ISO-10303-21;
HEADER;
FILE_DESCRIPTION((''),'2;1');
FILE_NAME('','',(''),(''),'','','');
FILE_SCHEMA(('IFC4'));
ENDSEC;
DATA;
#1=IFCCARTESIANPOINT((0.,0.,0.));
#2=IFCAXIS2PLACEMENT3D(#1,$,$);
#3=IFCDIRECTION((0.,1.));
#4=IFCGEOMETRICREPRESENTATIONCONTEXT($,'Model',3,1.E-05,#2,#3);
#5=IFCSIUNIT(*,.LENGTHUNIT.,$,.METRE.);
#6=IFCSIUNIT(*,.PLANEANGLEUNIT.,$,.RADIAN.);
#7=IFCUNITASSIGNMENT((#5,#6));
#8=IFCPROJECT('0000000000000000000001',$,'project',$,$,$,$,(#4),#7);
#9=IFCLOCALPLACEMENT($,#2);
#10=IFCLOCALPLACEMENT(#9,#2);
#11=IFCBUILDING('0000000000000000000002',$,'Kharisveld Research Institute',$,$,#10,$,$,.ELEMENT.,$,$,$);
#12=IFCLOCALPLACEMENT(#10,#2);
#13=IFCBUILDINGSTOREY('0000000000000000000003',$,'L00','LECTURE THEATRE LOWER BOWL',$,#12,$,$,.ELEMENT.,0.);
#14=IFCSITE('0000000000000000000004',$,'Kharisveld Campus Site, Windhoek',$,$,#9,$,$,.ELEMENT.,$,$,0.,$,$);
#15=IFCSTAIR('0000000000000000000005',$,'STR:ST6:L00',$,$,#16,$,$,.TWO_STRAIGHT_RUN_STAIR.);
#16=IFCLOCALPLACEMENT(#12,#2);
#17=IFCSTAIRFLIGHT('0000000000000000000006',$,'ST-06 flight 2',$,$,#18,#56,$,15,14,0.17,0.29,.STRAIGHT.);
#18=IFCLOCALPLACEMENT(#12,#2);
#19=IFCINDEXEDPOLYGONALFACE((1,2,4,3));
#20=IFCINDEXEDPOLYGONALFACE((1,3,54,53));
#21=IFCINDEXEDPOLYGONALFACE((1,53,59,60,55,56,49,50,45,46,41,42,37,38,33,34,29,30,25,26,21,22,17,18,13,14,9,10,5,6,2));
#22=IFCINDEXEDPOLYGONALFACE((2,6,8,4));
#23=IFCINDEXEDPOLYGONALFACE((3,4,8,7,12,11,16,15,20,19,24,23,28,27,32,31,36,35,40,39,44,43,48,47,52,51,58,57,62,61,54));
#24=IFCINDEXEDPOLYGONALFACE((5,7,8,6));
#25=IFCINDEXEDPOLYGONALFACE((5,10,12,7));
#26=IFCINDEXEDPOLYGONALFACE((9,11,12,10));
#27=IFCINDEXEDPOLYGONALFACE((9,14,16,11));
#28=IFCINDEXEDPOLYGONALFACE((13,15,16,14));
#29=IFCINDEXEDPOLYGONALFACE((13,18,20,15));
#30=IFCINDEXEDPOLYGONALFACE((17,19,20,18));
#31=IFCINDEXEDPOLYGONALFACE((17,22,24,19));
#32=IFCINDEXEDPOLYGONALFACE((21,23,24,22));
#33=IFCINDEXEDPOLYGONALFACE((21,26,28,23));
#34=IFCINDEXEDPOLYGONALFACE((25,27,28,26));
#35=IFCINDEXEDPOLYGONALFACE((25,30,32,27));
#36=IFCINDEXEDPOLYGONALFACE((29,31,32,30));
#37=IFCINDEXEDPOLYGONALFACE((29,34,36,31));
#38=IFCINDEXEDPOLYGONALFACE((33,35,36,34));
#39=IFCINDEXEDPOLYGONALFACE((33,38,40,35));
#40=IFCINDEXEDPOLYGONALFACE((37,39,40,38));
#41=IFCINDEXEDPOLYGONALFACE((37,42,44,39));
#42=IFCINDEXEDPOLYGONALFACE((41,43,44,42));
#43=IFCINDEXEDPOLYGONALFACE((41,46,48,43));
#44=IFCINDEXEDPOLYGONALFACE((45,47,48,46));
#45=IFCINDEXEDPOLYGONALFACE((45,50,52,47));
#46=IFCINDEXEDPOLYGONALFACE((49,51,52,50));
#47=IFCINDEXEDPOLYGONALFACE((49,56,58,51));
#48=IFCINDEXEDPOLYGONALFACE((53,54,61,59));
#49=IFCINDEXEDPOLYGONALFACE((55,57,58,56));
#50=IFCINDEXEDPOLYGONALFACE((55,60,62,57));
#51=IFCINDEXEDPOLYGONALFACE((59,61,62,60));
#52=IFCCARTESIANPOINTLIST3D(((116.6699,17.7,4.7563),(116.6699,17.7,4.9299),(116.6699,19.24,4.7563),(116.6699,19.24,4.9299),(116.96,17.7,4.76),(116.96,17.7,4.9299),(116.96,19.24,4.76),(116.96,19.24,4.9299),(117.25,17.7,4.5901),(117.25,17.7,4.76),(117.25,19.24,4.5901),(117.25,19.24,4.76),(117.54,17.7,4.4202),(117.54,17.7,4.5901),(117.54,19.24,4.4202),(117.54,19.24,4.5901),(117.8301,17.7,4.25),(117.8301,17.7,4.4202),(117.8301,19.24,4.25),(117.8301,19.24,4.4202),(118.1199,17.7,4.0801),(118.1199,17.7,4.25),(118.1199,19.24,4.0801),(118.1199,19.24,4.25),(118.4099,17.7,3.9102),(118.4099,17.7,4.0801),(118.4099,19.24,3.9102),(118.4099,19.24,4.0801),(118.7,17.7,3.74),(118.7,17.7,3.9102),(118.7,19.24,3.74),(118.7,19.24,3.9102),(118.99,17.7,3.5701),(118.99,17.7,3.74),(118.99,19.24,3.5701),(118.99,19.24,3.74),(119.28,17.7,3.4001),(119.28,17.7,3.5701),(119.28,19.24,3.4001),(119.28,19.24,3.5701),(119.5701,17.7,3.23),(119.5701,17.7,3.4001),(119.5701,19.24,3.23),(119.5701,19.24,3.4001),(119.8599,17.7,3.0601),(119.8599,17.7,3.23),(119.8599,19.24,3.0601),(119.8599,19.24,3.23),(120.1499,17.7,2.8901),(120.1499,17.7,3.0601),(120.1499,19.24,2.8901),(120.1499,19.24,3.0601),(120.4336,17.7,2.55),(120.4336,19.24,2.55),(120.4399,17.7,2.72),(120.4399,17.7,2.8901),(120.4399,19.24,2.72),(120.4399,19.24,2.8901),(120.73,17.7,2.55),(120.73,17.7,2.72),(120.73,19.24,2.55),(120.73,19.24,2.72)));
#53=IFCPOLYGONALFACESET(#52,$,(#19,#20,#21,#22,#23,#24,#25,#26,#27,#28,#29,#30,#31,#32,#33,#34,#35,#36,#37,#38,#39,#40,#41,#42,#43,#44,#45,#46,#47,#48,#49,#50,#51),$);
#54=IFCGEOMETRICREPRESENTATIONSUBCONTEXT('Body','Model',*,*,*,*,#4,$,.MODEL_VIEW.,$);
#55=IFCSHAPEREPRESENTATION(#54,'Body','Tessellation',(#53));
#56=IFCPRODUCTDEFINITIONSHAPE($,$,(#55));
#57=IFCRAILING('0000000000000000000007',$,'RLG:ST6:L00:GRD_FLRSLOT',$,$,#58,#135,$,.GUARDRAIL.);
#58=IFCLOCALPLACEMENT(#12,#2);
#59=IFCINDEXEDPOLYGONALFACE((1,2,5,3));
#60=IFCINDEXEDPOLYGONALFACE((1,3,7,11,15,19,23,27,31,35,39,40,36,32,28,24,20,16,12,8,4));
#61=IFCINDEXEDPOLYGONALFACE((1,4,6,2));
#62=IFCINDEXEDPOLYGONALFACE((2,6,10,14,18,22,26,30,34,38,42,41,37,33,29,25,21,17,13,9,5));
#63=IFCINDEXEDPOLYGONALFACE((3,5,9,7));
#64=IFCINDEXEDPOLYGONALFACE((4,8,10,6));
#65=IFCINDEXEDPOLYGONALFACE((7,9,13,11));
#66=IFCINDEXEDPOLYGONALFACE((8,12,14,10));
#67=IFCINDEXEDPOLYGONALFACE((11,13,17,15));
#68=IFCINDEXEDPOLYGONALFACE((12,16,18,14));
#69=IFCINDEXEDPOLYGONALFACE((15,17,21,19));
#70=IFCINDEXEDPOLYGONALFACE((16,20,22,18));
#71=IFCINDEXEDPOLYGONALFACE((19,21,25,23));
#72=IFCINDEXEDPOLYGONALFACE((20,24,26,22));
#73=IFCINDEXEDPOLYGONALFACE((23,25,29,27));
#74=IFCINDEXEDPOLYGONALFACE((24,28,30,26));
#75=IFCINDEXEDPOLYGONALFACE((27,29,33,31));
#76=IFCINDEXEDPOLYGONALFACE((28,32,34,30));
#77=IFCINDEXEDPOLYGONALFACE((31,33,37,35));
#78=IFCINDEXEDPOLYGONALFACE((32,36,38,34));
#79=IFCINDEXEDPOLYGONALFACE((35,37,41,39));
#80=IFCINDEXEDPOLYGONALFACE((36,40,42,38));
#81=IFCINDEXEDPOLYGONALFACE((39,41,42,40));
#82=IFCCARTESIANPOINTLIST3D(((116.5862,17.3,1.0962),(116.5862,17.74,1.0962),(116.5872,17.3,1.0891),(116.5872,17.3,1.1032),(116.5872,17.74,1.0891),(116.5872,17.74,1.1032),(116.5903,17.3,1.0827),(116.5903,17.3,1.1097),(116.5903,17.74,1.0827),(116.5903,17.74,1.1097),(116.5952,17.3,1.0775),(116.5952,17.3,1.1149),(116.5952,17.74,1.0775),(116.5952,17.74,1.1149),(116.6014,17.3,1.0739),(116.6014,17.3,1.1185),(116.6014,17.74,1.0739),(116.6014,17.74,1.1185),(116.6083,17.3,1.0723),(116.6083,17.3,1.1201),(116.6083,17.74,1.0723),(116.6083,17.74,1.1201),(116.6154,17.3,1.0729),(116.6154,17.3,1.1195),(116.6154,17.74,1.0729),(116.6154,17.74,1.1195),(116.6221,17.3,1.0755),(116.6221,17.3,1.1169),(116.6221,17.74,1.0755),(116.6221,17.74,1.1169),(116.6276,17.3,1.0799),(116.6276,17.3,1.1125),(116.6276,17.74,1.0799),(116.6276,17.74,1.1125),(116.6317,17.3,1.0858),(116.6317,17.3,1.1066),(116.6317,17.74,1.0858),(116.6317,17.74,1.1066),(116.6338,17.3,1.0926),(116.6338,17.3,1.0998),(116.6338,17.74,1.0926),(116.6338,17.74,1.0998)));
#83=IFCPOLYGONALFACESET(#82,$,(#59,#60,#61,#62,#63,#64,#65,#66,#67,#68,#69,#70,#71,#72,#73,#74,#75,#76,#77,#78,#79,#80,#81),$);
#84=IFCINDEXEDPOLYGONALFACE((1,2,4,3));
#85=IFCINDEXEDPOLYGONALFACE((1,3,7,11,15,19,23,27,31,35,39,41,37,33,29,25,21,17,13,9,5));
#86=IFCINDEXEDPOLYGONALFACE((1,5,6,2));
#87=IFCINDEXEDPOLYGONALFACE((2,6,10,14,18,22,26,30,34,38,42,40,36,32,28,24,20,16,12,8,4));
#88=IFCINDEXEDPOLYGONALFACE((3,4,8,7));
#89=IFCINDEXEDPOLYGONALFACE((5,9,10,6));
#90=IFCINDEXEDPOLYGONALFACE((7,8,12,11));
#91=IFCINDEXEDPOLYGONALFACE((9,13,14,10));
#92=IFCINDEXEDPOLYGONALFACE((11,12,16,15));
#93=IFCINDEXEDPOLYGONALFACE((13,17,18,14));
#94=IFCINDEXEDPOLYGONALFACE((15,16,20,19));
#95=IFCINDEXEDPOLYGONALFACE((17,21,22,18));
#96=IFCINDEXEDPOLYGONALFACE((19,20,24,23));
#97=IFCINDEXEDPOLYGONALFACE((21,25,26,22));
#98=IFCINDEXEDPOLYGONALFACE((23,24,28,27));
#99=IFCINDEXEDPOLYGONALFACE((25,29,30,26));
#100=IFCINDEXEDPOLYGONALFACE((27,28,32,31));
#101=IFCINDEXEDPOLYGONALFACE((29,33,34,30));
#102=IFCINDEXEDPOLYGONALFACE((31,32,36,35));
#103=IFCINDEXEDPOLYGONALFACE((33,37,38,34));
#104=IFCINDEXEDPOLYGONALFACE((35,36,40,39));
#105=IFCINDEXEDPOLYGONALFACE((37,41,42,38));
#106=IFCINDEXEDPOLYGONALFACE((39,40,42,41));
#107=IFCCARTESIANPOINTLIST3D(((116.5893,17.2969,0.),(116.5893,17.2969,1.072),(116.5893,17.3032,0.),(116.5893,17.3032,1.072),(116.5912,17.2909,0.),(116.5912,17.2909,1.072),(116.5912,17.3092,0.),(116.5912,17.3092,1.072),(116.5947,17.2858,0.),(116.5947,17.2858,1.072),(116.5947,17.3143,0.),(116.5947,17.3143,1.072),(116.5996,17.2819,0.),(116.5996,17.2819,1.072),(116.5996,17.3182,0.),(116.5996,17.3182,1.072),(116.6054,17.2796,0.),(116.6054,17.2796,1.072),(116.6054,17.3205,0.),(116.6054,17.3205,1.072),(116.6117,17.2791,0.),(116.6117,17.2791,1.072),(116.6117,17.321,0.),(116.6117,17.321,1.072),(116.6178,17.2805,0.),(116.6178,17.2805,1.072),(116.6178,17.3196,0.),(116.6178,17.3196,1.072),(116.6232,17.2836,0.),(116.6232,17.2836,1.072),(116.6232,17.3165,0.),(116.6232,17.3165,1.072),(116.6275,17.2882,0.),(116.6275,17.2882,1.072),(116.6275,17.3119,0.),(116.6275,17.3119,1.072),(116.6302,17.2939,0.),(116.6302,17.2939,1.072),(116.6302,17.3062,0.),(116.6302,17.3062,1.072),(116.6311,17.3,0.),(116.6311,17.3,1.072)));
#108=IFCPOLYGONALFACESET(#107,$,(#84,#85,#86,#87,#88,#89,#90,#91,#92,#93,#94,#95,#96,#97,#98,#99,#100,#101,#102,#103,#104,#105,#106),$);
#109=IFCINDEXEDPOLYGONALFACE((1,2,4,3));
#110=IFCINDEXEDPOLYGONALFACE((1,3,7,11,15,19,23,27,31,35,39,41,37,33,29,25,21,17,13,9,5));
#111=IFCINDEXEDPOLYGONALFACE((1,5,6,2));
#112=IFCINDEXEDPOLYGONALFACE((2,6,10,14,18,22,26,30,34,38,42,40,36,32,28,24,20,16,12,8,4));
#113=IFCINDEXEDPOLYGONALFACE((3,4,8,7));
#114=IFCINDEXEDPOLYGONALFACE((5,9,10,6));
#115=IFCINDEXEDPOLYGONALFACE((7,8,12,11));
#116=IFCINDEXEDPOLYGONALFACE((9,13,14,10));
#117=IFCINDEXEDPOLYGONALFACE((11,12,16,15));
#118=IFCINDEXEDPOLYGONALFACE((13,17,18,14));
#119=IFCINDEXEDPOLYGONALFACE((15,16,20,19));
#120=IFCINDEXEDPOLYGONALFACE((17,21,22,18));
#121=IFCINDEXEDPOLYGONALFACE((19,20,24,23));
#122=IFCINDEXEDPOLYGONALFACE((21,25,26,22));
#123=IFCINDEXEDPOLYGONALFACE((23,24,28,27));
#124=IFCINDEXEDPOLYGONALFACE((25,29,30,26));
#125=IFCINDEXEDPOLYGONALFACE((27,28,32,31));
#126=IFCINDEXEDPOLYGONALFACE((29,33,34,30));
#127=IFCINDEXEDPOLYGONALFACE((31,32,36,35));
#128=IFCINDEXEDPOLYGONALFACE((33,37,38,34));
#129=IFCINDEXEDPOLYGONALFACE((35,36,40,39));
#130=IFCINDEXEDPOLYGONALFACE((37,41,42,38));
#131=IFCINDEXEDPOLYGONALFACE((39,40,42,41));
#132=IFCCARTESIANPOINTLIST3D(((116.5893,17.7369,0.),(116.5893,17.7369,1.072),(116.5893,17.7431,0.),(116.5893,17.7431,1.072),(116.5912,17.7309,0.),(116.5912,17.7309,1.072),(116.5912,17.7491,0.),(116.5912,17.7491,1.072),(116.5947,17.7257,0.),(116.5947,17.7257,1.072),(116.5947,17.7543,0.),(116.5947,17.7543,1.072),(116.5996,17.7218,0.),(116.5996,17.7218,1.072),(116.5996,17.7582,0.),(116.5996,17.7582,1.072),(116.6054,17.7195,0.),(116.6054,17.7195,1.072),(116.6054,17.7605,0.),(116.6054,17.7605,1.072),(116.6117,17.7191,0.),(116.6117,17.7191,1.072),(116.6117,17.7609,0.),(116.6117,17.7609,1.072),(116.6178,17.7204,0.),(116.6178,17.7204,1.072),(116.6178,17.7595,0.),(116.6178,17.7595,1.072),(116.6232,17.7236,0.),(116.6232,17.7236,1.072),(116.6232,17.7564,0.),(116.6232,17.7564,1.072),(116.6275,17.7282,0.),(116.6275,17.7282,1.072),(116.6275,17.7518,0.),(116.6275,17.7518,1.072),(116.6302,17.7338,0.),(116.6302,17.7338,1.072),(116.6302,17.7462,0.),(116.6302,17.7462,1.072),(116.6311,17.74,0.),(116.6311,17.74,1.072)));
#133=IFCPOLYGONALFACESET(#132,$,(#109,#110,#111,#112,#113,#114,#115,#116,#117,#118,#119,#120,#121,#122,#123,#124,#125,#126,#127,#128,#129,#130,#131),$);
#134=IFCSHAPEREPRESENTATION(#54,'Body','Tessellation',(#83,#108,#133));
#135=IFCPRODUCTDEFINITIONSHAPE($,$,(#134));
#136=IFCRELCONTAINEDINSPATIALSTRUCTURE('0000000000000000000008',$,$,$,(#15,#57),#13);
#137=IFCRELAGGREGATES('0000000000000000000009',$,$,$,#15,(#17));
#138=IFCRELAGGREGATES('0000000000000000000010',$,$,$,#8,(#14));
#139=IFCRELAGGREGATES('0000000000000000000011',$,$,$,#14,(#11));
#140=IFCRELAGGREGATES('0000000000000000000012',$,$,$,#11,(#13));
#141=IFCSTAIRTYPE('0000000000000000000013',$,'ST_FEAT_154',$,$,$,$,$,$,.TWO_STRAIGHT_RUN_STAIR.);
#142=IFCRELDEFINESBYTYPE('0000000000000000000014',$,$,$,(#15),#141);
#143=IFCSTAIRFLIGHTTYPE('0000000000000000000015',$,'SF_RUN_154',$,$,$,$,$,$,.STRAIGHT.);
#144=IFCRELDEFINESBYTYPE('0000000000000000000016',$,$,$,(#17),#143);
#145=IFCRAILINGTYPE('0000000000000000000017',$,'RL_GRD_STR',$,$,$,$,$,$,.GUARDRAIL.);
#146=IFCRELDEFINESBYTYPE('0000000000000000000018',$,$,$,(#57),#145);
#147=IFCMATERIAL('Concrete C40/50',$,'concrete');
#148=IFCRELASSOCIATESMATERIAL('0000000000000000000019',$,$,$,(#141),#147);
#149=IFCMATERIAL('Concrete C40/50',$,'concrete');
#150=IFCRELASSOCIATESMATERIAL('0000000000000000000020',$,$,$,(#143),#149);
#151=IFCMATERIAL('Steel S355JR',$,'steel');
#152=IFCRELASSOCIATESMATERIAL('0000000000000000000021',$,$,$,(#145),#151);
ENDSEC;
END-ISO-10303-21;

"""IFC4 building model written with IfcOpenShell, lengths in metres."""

from ifc_helpers import new_model, si_unit, direction, frame, origin, origin_2d, place, context, subcontext, project, spatial, polyline, circle, outline, extrude, material, type_object, element, aggregate, save


model = new_model("IFC4")

# Units and contexts
model_context = context("Model", 3, precision=1e-05, world=origin(), true_north=direction((0.0, 1.0)))
body_context = subcontext(model_context, "Body", "Model", "MODEL_VIEW")
ifc_project = project(units=[si_unit("LENGTHUNIT", "METRE"), si_unit("PLANEANGLEUNIT", "RADIAN")], contexts=[model_context])

# Site, building, storey
site_placement = place(None, origin())
site = spatial("IfcSite", under=ifc_project, at=site_placement, Name="Kharisveld Campus Site, Windhoek", CompositionType="ELEMENT", RefElevation=0.0)
building_placement = place(site_placement, origin())
building = spatial("IfcBuilding", under=site, at=building_placement, Name="Kharisveld Research Institute", CompositionType="ELEMENT")
storey_placement = place(building_placement, origin())
storey = spatial("IfcBuildingStorey", under=building, at=storey_placement, Name="L00", Description="LECTURE THEATRE LOWER BOWL", CompositionType="ELEMENT", Elevation=0.0)

# Stair, stair flight
ifc_material_1 = material(Name="Concrete C40/50", Category="concrete")
stair_type = type_object("IfcStairType", Name="ST_FEAT_154", PredefinedType="TWO_STRAIGHT_RUN_STAIR", material=ifc_material_1)
stair_placement = place(storey_placement, origin())
stair = element("IfcStair", 1, at=stair_placement, inside=storey, type_object=stair_type, Name="STR:ST6:L00", PredefinedType="TWO_STRAIGHT_RUN_STAIR")
ifc_material_2 = material(Name="Concrete C40/50", Category="concrete")
stair_flight_type = type_object("IfcStairFlightType", Name="SF_RUN_154", PredefinedType="STRAIGHT", material=ifc_material_2)
stair_flight_1_placement = place(storey_placement, frame((120.73, 18.47, 2.55), z_axis=(0.0, 0.0, 1.0), x_axis=(-1.0, 0.0, 0.0)))
stair_flight_1 = element("IfcStairFlight", 2, at=stair_flight_1_placement, type_object=stair_flight_type, Name="ST-06 flight 2", NumberOfRisers=15, NumberOfTreads=14, PredefinedType="STRAIGHT", RiserHeight=0.17, TreadLength=0.29, context=body_context, shape_type="SweptSolid", body=[
    extrude(outline(polyline([(0.0, 0.0), (0.0, 0.1699), (0.29, 0.1699), (0.29, 0.3401), (0.5801, 0.3401), (0.5801, 0.51), (0.8701, 0.51), (0.8701, 0.6799), (1.1599, 0.6799), (1.1599, 0.8501), (1.45, 0.8501), (1.45, 1.02), (1.74, 1.02), (1.74, 1.1899), (2.03, 1.1899), (2.03, 1.3601), (2.3201, 1.3601), (2.3201, 1.53), (2.6101, 1.53), (2.6101, 1.7), (2.8999, 1.7), (2.8999, 1.8701), (3.1899, 1.8701), (3.1899, 2.04), (3.48, 2.04), (3.48, 2.21), (3.77, 2.21), (3.77, 2.3799), (4.0601, 2.3799), (4.0601, 2.55), (4.0601, 2.2063), (0.2964, 0.0), (0.0, 0.0)])), frame((0.0, 0.77, 0.0), z_axis=(0.0, -1.0, 0.0), x_axis=(1.0, 0.0, 0.0)), (0.0, 0.0, 1.0), 1.54),
])
aggregate(stair, [stair_flight_1])

# Railing
ifc_material_3 = material(Name="Steel S355JR", Category="steel")
railing_type_1 = type_object("IfcRailingType", Name="RL_GRD_STR", PredefinedType="GUARDRAIL", material=ifc_material_3)
railing_1_placement = place(storey_placement, frame((116.6101, 17.3, 0.0)))
element("IfcRailing", 3, at=railing_1_placement, inside=storey, type_object=railing_type_1, Name="RLG:ST6:L00:GRD_FLRSLOT", PredefinedType="GUARDRAIL", context=body_context, shape_type="SweptSolid", body=[
    extrude(circle(Radius=0.0239, at=origin_2d()), frame((0.0, 0.0, 1.0962), z_axis=(0.0, 1.0, 0.0), x_axis=(-1.0, 0.0, 0.0)), (0.0, 0.0, 1.0), 0.4399),
    extrude(circle(Radius=0.021, at=origin_2d()), origin(), (0.0, 0.0, 1.0), 1.072),
    extrude(circle(Radius=0.021, at=origin_2d()), frame((0.0, 0.4399, 0.0)), (0.0, 0.0, 1.0), 1.072),
])

save(model, "model.ifc")
